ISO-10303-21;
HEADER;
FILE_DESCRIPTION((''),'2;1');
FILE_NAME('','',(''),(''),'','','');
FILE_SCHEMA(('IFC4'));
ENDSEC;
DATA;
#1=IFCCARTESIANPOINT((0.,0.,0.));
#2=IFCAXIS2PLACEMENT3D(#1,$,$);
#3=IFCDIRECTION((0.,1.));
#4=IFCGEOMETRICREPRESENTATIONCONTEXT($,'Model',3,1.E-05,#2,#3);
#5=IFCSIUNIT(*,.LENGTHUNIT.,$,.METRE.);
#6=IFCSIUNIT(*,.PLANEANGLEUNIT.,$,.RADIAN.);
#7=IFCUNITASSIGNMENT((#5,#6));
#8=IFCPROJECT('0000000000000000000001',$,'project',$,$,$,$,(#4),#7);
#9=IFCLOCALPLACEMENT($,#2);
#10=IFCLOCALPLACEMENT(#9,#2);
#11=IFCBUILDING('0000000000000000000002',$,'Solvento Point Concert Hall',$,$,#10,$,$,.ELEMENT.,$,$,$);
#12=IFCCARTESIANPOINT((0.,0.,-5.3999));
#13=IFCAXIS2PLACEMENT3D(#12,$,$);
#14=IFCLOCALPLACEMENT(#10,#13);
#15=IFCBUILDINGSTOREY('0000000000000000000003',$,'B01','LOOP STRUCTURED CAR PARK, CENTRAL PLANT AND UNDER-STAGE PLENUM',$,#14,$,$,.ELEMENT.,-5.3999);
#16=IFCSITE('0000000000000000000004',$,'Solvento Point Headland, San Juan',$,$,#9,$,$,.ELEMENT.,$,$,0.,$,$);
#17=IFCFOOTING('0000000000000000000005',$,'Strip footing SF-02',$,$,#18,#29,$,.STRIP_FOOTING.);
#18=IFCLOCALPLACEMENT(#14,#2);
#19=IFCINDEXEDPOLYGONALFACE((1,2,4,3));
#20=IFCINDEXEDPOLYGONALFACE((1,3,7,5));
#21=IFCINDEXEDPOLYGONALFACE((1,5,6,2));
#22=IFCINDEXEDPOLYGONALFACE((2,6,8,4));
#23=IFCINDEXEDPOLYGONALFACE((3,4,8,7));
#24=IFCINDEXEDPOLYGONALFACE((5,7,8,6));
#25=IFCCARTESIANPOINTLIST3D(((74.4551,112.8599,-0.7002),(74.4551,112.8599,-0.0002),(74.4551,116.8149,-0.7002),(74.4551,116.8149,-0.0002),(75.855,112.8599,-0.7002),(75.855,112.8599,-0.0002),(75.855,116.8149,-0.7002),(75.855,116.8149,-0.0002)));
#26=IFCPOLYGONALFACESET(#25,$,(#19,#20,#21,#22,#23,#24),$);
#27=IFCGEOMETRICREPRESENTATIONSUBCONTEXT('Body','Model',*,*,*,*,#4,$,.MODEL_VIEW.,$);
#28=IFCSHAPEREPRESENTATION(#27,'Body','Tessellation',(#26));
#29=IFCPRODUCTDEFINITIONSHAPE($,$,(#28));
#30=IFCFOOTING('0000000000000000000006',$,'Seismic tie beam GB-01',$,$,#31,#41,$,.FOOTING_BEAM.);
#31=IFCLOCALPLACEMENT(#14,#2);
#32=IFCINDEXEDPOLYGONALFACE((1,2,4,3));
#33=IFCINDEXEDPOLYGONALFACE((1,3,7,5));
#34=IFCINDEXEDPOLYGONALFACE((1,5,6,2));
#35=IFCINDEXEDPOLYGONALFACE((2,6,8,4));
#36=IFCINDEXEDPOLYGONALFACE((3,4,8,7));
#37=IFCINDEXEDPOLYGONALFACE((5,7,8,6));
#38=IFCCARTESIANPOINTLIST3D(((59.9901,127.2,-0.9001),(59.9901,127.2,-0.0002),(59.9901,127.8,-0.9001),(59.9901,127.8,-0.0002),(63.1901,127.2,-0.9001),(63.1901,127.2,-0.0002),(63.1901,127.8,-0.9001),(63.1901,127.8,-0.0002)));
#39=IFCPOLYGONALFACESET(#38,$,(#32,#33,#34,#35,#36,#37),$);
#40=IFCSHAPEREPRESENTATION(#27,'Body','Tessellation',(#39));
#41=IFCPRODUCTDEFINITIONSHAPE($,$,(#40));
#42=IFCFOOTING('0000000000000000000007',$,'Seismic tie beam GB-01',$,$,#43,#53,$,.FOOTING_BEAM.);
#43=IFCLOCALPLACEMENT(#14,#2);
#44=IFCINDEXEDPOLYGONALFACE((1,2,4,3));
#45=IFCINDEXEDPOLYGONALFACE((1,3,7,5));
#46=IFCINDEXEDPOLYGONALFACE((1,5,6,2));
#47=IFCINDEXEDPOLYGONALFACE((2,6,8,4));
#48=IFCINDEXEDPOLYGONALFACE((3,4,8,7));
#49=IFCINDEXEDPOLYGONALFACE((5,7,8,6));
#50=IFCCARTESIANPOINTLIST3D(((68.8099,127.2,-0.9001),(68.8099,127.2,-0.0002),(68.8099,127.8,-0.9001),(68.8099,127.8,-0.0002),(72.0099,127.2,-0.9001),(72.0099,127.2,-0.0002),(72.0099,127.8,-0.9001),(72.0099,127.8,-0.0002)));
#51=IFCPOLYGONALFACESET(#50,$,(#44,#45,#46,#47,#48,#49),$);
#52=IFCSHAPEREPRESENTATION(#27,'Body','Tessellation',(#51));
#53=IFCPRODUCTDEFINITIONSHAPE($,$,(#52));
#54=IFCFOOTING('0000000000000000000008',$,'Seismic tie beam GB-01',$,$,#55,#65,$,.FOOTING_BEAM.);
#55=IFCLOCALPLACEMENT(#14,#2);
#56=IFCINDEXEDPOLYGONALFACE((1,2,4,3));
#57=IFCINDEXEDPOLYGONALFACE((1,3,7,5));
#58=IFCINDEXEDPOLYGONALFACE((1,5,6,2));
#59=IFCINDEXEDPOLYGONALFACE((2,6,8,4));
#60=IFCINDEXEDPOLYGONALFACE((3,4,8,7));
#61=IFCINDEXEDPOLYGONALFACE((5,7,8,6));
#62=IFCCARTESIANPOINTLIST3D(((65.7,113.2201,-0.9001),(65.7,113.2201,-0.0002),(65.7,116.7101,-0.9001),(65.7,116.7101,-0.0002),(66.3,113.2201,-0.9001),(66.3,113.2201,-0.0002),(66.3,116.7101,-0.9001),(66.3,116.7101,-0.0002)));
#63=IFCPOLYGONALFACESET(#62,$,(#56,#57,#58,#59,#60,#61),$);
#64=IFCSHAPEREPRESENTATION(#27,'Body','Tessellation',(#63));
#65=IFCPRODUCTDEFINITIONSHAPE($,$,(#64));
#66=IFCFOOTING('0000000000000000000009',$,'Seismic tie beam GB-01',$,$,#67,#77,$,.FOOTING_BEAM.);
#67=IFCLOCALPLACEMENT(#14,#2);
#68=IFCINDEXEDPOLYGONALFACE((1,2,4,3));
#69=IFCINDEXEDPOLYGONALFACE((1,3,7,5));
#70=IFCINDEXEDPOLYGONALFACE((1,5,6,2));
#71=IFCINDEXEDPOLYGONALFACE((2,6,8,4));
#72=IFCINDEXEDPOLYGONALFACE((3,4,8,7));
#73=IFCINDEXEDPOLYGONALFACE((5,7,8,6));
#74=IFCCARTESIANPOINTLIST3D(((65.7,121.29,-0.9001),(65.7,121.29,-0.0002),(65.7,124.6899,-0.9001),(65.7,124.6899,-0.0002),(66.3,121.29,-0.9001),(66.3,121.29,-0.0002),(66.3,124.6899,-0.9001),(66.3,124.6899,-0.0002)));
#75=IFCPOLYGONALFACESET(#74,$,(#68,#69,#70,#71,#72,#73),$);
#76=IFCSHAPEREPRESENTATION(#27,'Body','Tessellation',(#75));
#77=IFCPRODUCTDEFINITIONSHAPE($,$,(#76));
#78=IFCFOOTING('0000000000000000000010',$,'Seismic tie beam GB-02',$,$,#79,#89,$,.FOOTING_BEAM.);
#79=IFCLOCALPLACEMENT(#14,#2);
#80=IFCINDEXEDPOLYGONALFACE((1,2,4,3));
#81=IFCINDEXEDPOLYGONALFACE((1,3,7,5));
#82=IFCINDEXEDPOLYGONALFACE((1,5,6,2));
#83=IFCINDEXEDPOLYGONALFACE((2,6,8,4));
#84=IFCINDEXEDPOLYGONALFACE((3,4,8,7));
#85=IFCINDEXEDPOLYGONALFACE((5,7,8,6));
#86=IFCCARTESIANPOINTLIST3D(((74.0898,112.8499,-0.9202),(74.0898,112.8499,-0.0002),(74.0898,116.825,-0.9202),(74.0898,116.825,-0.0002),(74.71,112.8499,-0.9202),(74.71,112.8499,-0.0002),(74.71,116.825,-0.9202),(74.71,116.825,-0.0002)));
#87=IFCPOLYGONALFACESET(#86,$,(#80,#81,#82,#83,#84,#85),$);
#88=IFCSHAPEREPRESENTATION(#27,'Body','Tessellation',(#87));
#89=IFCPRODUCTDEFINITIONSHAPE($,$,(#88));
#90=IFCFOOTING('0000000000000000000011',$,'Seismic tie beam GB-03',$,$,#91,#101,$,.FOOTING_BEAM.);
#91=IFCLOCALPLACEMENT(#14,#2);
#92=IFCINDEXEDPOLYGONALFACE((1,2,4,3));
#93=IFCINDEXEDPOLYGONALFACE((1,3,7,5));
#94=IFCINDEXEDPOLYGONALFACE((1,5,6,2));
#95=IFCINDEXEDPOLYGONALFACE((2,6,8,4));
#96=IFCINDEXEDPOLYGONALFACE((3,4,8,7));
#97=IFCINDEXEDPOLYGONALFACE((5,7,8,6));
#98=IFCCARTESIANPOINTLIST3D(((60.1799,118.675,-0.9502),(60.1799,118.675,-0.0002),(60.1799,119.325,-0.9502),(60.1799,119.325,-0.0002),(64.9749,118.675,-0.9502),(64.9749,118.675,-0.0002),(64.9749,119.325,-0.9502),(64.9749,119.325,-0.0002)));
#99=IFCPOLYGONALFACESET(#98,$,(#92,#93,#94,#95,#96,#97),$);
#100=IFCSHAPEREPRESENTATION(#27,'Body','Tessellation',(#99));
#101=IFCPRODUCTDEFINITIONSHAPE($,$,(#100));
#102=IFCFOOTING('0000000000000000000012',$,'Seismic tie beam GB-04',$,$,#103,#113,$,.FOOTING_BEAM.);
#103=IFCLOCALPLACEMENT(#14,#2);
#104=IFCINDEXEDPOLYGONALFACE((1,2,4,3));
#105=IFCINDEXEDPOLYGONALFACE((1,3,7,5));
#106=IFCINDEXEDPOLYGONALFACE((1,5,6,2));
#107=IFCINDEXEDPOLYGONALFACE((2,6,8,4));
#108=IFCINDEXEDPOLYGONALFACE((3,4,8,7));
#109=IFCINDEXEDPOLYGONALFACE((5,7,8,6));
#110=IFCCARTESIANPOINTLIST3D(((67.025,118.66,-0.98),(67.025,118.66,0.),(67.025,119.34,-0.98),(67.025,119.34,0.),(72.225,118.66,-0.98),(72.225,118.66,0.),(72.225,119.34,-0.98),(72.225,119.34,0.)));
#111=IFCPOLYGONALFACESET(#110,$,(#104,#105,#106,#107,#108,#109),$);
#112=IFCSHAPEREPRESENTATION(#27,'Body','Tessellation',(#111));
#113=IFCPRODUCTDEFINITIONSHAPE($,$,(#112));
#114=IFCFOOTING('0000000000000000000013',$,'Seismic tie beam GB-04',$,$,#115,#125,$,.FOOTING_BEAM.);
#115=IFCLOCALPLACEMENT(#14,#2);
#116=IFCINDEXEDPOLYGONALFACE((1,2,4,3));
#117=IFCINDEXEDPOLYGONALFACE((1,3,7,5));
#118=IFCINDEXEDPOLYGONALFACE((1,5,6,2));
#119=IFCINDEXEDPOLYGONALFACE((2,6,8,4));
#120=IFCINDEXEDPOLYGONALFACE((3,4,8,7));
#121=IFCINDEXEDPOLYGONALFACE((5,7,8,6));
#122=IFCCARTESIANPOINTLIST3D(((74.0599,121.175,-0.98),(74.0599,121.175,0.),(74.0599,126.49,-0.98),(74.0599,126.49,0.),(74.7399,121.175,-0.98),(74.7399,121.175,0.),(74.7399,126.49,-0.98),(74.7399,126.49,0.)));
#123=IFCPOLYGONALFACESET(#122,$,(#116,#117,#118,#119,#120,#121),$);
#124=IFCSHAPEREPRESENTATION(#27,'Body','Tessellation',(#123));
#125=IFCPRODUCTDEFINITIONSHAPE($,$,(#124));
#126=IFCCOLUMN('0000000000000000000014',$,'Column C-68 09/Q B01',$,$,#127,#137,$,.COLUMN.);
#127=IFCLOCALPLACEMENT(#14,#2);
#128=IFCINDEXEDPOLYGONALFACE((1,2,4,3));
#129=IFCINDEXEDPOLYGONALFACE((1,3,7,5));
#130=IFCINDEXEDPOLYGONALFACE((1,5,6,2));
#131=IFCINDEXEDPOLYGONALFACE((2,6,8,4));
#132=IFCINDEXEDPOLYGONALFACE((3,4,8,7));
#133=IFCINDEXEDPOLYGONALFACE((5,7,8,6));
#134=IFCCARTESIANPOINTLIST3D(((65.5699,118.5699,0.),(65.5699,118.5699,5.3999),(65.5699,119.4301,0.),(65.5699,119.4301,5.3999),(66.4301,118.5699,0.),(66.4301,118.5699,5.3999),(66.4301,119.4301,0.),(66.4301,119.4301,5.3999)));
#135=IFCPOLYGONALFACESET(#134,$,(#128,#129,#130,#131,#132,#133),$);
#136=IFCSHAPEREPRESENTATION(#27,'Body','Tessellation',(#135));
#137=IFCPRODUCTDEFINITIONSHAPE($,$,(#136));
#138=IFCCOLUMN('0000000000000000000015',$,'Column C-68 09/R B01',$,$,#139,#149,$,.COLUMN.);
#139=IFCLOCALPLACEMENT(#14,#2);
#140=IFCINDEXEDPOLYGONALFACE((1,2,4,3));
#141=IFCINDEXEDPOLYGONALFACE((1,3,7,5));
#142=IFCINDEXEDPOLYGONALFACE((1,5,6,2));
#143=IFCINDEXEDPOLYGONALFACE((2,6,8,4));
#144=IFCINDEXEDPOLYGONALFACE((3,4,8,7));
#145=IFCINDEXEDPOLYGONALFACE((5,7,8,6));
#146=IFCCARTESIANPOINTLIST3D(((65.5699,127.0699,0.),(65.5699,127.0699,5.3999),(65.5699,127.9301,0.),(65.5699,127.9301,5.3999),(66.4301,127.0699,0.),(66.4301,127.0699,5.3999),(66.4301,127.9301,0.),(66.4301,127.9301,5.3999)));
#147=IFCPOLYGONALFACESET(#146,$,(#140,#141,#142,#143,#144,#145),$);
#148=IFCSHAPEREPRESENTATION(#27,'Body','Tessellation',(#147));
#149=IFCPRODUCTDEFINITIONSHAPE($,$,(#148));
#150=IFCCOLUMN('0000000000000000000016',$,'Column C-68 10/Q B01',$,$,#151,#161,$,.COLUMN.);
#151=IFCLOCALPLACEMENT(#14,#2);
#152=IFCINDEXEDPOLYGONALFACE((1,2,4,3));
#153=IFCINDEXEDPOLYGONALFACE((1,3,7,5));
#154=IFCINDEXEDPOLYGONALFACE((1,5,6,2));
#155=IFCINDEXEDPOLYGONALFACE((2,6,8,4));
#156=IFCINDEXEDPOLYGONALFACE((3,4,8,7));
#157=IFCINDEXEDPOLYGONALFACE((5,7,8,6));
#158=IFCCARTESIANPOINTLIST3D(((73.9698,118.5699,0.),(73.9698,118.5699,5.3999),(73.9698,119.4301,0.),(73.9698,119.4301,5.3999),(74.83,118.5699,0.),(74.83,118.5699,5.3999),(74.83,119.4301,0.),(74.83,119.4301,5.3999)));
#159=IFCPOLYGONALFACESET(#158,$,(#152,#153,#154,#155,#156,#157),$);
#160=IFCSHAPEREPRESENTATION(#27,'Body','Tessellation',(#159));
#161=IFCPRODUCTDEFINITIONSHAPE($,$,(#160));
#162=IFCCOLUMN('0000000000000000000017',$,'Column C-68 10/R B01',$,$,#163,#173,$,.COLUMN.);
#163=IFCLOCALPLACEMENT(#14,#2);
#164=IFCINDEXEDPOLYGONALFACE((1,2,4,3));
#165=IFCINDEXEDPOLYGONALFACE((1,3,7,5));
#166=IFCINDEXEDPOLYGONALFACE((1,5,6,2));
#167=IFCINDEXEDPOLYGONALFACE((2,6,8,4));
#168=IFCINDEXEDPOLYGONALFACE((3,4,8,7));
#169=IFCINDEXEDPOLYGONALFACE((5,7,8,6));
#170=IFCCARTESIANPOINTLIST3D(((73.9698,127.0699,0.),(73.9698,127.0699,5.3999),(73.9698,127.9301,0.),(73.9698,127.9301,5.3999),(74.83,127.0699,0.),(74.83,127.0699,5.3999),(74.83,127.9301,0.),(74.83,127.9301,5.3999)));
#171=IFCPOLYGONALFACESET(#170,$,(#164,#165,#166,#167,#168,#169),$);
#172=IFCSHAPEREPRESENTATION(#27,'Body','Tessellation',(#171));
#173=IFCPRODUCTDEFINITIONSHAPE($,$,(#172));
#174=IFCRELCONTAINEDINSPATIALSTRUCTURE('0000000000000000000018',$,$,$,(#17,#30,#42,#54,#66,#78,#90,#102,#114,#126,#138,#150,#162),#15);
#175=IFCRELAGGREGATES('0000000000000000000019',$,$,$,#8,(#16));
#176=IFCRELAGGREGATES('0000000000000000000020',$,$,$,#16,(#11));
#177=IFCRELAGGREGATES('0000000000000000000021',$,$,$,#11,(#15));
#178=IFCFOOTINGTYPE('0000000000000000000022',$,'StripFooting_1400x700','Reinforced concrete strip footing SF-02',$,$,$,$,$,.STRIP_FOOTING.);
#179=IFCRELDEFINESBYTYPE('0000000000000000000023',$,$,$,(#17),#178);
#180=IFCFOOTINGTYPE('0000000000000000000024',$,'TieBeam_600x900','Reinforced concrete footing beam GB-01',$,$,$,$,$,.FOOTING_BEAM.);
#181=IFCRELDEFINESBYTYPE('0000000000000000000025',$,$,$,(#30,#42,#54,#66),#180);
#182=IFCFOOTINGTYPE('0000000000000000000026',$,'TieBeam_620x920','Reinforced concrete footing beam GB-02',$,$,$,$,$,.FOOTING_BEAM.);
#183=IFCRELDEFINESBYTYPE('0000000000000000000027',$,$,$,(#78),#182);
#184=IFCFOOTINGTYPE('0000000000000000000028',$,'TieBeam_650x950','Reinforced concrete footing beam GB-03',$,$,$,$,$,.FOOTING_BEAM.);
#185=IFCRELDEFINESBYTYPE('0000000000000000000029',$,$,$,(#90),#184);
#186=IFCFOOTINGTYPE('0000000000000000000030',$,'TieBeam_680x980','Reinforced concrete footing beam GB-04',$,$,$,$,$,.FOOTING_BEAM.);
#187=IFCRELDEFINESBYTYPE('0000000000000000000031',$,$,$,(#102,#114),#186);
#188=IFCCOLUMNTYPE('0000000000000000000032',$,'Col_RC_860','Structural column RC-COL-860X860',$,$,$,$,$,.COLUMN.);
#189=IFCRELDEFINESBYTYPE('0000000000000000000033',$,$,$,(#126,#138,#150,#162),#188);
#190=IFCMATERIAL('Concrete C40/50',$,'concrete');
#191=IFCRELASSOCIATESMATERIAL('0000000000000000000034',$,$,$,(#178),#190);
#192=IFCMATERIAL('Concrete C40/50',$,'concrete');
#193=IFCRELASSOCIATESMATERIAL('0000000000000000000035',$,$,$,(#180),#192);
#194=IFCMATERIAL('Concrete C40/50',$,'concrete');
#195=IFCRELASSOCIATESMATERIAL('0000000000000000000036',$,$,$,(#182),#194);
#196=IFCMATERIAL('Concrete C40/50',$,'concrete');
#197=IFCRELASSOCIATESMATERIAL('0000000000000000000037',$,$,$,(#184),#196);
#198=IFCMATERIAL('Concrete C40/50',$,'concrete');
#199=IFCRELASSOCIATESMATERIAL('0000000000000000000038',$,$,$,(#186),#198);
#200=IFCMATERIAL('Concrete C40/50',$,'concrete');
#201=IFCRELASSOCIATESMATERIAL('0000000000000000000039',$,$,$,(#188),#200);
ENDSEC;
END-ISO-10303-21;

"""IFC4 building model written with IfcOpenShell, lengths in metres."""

from ifc_helpers import new_model, si_unit, direction, frame, origin, origin_2d, place, context, subcontext, project, spatial, rectangle, extrude, material, material_profile, profile_set, type_object, element, save


model = new_model("IFC4")

# Units and contexts
model_context = context("Model", 3, precision=1e-05, world=origin(), true_north=direction((0.0, 1.0)))
body_context = subcontext(model_context, "Body", "Model", "MODEL_VIEW")
ifc_project = project(units=[si_unit("LENGTHUNIT", "METRE"), si_unit("PLANEANGLEUNIT", "RADIAN")], contexts=[model_context])

# Site, building, storey
site_placement = place(None, origin())
site = spatial("IfcSite", under=ifc_project, at=site_placement, Name="Solvento Point Headland, San Juan", CompositionType="ELEMENT", RefElevation=0.0)
building_placement = place(site_placement, origin())
building = spatial("IfcBuilding", under=site, at=building_placement, Name="Solvento Point Concert Hall", CompositionType="ELEMENT")
storey_placement = place(building_placement, frame((0.0, 0.0, -5.3999)))
storey = spatial("IfcBuildingStorey", under=building, at=storey_placement, Name="B01", Description="LOOP STRUCTURED CAR PARK, CENTRAL PLANT AND UNDER-STAGE PLENUM", CompositionType="ELEMENT", Elevation=-5.3999)

# Footings
ifc_material_1 = material(Name="Concrete C40/50", Category="concrete")
footing_type_1 = type_object("IfcFootingType", Name="StripFooting_1400x700", Description="Reinforced concrete strip footing SF-02", PredefinedType="STRIP_FOOTING", material=ifc_material_1)
footing_1_placement = place(storey_placement, frame((75.155, 114.8374, -0.7002), z_axis=(0.0, 0.0, 1.0), x_axis=(0.0, -1.0, 0.0)))
element("IfcFooting", 1, at=footing_1_placement, inside=storey, type_object=footing_type_1, Name="Strip footing SF-02", PredefinedType="STRIP_FOOTING", context=body_context, shape_type="SweptSolid", body=[
    extrude(rectangle(XDim=3.9551, YDim=1.3999, at=origin_2d()), origin(), (0.0, 0.0, 1.0), 0.7),
])
ifc_material_2 = material(Name="Concrete C40/50", Category="concrete")
footing_type_2 = type_object("IfcFootingType", Name="TieBeam_600x900", Description="Reinforced concrete footing beam GB-01", PredefinedType="FOOTING_BEAM", material=ifc_material_2)
for number, where, z_axis, x_axis, name in (
    (2, (61.5901, 127.5, -0.9001), (0.0, 0.0, 1.0), (1.0, 0.0, 0.0), "Seismic tie beam GB-01"),
    (3, (70.4099, 127.5, -0.9001), (0.0, 0.0, 1.0), (1.0, 0.0, 0.0), "Seismic tie beam GB-01"),
):
    element("IfcFooting", number, at=place(storey_placement, frame(where, z_axis=z_axis, x_axis=x_axis)), inside=storey, type_object=footing_type_2, Name=name, PredefinedType="FOOTING_BEAM", context=body_context, shape_type="SweptSolid", body=[
        extrude(rectangle(XDim=3.2, YDim=0.6001, at=origin_2d()), origin(), (0.0, 0.0, 1.0), 0.8999),
    ])
footing_2_placement = place(storey_placement, frame((66.0, 114.9651, -0.9001), z_axis=(0.0, 0.0, 1.0), x_axis=(0.0, 1.0, 0.0)))
element("IfcFooting", 4, at=footing_2_placement, inside=storey, type_object=footing_type_2, Name="Seismic tie beam GB-01", PredefinedType="FOOTING_BEAM", context=body_context, shape_type="SweptSolid", body=[
    extrude(rectangle(XDim=3.49, YDim=0.6001, at=origin_2d()), origin(), (0.0, 0.0, 1.0), 0.8999),
])
footing_3_placement = place(storey_placement, frame((66.0, 122.99, -0.9001), z_axis=(0.0, 0.0, 1.0), x_axis=(0.0, 1.0, 0.0)))
element("IfcFooting", 5, at=footing_3_placement, inside=storey, type_object=footing_type_2, Name="Seismic tie beam GB-01", PredefinedType="FOOTING_BEAM", context=body_context, shape_type="SweptSolid", body=[
    extrude(rectangle(XDim=3.3999, YDim=0.6001, at=origin_2d()), origin(), (0.0, 0.0, 1.0), 0.8999),
])
ifc_material_3 = material(Name="Concrete C40/50", Category="concrete")
footing_type_3 = type_object("IfcFootingType", Name="TieBeam_620x920", Description="Reinforced concrete footing beam GB-02", PredefinedType="FOOTING_BEAM", material=ifc_material_3)
footing_4_placement = place(storey_placement, frame((74.3999, 114.8374, -0.9202), z_axis=(0.0, 0.0, 1.0), x_axis=(0.0, 1.0, 0.0)))
element("IfcFooting", 6, at=footing_4_placement, inside=storey, type_object=footing_type_3, Name="Seismic tie beam GB-02", PredefinedType="FOOTING_BEAM", context=body_context, shape_type="SweptSolid", body=[
    extrude(rectangle(XDim=3.9751, YDim=0.6201, at=origin_2d()), origin(), (0.0, 0.0, 1.0), 0.9199),
])
ifc_material_4 = material(Name="Concrete C40/50", Category="concrete")
footing_type_4 = type_object("IfcFootingType", Name="TieBeam_650x950", Description="Reinforced concrete footing beam GB-03", PredefinedType="FOOTING_BEAM", material=ifc_material_4)
footing_5_placement = place(storey_placement, frame((62.5774, 119.0, -0.9502), z_axis=(0.0, 0.0, 1.0), x_axis=(1.0, 0.0, 0.0)))
element("IfcFooting", 7, at=footing_5_placement, inside=storey, type_object=footing_type_4, Name="Seismic tie beam GB-03", PredefinedType="FOOTING_BEAM", context=body_context, shape_type="SweptSolid", body=[
    extrude(rectangle(XDim=4.7949, YDim=0.6499, at=origin_2d()), origin(), (0.0, 0.0, 1.0), 0.95),
])
ifc_material_5 = material(Name="Concrete C40/50", Category="concrete")
footing_type_5 = type_object("IfcFootingType", Name="TieBeam_680x980", Description="Reinforced concrete footing beam GB-04", PredefinedType="FOOTING_BEAM", material=ifc_material_5)
footing_6_placement = place(storey_placement, frame((69.625, 119.0, -0.98), z_axis=(0.0, 0.0, 1.0), x_axis=(1.0, 0.0, 0.0)))
element("IfcFooting", 8, at=footing_6_placement, inside=storey, type_object=footing_type_5, Name="Seismic tie beam GB-04", PredefinedType="FOOTING_BEAM", context=body_context, shape_type="SweptSolid", body=[
    extrude(rectangle(XDim=5.2, YDim=0.6799, at=origin_2d()), origin(), (0.0, 0.0, 1.0), 0.98),
])
footing_7_placement = place(storey_placement, frame((74.3999, 123.8325, -0.98), z_axis=(0.0, 0.0, 1.0), x_axis=(0.0, 1.0, 0.0)))
element("IfcFooting", 9, at=footing_7_placement, inside=storey, type_object=footing_type_5, Name="Seismic tie beam GB-04", PredefinedType="FOOTING_BEAM", context=body_context, shape_type="SweptSolid", body=[
    extrude(rectangle(XDim=5.3149, YDim=0.6799, at=origin_2d()), origin(), (0.0, 0.0, 1.0), 0.98),
])

# Columns
ifc_material_6 = material(Name="Concrete C40/50", Category="concrete")
ifc_material_profile_1 = material_profile(ifc_material_6, rectangle(XDim=0.8601, YDim=0.8601, at=origin_2d()), Name="RC-COL-860X860")
ifc_profile_set_1 = profile_set([ifc_material_profile_1], Name="Concrete C40/50")
column_type = type_object("IfcColumnType", Name="Col_RC_860", Description="Structural column RC-COL-860X860", PredefinedType="COLUMN", material=ifc_profile_set_1)
for number, where, z_axis, x_axis, name in (
    (10, (66.0, 119.0, 0.0), (0.0, 0.0, 1.0), (1.0, 0.0, 0.0), "Column C-68 09/Q B01"),
    (11, (66.0, 127.5, 0.0), (0.0, 0.0, 1.0), (1.0, 0.0, 0.0), "Column C-68 09/R B01"),
    (12, (74.3999, 119.0, 0.0), (0.0, 0.0, 1.0), (1.0, 0.0, 0.0), "Column C-68 10/Q B01"),
    (13, (74.3999, 127.5, 0.0), (0.0, 0.0, 1.0), (1.0, 0.0, 0.0), "Column C-68 10/R B01"),
):
    element("IfcColumn", number, at=place(storey_placement, frame(where, z_axis=z_axis, x_axis=x_axis)), inside=storey, type_object=column_type, Name=name, PredefinedType="COLUMN", context=body_context, shape_type="SweptSolid", body=[
        extrude(rectangle(XDim=0.8601, YDim=0.8601, at=origin_2d()), origin(), (0.0, 0.0, 1.0), 5.3999),
    ])

save(model, "model.ifc")
